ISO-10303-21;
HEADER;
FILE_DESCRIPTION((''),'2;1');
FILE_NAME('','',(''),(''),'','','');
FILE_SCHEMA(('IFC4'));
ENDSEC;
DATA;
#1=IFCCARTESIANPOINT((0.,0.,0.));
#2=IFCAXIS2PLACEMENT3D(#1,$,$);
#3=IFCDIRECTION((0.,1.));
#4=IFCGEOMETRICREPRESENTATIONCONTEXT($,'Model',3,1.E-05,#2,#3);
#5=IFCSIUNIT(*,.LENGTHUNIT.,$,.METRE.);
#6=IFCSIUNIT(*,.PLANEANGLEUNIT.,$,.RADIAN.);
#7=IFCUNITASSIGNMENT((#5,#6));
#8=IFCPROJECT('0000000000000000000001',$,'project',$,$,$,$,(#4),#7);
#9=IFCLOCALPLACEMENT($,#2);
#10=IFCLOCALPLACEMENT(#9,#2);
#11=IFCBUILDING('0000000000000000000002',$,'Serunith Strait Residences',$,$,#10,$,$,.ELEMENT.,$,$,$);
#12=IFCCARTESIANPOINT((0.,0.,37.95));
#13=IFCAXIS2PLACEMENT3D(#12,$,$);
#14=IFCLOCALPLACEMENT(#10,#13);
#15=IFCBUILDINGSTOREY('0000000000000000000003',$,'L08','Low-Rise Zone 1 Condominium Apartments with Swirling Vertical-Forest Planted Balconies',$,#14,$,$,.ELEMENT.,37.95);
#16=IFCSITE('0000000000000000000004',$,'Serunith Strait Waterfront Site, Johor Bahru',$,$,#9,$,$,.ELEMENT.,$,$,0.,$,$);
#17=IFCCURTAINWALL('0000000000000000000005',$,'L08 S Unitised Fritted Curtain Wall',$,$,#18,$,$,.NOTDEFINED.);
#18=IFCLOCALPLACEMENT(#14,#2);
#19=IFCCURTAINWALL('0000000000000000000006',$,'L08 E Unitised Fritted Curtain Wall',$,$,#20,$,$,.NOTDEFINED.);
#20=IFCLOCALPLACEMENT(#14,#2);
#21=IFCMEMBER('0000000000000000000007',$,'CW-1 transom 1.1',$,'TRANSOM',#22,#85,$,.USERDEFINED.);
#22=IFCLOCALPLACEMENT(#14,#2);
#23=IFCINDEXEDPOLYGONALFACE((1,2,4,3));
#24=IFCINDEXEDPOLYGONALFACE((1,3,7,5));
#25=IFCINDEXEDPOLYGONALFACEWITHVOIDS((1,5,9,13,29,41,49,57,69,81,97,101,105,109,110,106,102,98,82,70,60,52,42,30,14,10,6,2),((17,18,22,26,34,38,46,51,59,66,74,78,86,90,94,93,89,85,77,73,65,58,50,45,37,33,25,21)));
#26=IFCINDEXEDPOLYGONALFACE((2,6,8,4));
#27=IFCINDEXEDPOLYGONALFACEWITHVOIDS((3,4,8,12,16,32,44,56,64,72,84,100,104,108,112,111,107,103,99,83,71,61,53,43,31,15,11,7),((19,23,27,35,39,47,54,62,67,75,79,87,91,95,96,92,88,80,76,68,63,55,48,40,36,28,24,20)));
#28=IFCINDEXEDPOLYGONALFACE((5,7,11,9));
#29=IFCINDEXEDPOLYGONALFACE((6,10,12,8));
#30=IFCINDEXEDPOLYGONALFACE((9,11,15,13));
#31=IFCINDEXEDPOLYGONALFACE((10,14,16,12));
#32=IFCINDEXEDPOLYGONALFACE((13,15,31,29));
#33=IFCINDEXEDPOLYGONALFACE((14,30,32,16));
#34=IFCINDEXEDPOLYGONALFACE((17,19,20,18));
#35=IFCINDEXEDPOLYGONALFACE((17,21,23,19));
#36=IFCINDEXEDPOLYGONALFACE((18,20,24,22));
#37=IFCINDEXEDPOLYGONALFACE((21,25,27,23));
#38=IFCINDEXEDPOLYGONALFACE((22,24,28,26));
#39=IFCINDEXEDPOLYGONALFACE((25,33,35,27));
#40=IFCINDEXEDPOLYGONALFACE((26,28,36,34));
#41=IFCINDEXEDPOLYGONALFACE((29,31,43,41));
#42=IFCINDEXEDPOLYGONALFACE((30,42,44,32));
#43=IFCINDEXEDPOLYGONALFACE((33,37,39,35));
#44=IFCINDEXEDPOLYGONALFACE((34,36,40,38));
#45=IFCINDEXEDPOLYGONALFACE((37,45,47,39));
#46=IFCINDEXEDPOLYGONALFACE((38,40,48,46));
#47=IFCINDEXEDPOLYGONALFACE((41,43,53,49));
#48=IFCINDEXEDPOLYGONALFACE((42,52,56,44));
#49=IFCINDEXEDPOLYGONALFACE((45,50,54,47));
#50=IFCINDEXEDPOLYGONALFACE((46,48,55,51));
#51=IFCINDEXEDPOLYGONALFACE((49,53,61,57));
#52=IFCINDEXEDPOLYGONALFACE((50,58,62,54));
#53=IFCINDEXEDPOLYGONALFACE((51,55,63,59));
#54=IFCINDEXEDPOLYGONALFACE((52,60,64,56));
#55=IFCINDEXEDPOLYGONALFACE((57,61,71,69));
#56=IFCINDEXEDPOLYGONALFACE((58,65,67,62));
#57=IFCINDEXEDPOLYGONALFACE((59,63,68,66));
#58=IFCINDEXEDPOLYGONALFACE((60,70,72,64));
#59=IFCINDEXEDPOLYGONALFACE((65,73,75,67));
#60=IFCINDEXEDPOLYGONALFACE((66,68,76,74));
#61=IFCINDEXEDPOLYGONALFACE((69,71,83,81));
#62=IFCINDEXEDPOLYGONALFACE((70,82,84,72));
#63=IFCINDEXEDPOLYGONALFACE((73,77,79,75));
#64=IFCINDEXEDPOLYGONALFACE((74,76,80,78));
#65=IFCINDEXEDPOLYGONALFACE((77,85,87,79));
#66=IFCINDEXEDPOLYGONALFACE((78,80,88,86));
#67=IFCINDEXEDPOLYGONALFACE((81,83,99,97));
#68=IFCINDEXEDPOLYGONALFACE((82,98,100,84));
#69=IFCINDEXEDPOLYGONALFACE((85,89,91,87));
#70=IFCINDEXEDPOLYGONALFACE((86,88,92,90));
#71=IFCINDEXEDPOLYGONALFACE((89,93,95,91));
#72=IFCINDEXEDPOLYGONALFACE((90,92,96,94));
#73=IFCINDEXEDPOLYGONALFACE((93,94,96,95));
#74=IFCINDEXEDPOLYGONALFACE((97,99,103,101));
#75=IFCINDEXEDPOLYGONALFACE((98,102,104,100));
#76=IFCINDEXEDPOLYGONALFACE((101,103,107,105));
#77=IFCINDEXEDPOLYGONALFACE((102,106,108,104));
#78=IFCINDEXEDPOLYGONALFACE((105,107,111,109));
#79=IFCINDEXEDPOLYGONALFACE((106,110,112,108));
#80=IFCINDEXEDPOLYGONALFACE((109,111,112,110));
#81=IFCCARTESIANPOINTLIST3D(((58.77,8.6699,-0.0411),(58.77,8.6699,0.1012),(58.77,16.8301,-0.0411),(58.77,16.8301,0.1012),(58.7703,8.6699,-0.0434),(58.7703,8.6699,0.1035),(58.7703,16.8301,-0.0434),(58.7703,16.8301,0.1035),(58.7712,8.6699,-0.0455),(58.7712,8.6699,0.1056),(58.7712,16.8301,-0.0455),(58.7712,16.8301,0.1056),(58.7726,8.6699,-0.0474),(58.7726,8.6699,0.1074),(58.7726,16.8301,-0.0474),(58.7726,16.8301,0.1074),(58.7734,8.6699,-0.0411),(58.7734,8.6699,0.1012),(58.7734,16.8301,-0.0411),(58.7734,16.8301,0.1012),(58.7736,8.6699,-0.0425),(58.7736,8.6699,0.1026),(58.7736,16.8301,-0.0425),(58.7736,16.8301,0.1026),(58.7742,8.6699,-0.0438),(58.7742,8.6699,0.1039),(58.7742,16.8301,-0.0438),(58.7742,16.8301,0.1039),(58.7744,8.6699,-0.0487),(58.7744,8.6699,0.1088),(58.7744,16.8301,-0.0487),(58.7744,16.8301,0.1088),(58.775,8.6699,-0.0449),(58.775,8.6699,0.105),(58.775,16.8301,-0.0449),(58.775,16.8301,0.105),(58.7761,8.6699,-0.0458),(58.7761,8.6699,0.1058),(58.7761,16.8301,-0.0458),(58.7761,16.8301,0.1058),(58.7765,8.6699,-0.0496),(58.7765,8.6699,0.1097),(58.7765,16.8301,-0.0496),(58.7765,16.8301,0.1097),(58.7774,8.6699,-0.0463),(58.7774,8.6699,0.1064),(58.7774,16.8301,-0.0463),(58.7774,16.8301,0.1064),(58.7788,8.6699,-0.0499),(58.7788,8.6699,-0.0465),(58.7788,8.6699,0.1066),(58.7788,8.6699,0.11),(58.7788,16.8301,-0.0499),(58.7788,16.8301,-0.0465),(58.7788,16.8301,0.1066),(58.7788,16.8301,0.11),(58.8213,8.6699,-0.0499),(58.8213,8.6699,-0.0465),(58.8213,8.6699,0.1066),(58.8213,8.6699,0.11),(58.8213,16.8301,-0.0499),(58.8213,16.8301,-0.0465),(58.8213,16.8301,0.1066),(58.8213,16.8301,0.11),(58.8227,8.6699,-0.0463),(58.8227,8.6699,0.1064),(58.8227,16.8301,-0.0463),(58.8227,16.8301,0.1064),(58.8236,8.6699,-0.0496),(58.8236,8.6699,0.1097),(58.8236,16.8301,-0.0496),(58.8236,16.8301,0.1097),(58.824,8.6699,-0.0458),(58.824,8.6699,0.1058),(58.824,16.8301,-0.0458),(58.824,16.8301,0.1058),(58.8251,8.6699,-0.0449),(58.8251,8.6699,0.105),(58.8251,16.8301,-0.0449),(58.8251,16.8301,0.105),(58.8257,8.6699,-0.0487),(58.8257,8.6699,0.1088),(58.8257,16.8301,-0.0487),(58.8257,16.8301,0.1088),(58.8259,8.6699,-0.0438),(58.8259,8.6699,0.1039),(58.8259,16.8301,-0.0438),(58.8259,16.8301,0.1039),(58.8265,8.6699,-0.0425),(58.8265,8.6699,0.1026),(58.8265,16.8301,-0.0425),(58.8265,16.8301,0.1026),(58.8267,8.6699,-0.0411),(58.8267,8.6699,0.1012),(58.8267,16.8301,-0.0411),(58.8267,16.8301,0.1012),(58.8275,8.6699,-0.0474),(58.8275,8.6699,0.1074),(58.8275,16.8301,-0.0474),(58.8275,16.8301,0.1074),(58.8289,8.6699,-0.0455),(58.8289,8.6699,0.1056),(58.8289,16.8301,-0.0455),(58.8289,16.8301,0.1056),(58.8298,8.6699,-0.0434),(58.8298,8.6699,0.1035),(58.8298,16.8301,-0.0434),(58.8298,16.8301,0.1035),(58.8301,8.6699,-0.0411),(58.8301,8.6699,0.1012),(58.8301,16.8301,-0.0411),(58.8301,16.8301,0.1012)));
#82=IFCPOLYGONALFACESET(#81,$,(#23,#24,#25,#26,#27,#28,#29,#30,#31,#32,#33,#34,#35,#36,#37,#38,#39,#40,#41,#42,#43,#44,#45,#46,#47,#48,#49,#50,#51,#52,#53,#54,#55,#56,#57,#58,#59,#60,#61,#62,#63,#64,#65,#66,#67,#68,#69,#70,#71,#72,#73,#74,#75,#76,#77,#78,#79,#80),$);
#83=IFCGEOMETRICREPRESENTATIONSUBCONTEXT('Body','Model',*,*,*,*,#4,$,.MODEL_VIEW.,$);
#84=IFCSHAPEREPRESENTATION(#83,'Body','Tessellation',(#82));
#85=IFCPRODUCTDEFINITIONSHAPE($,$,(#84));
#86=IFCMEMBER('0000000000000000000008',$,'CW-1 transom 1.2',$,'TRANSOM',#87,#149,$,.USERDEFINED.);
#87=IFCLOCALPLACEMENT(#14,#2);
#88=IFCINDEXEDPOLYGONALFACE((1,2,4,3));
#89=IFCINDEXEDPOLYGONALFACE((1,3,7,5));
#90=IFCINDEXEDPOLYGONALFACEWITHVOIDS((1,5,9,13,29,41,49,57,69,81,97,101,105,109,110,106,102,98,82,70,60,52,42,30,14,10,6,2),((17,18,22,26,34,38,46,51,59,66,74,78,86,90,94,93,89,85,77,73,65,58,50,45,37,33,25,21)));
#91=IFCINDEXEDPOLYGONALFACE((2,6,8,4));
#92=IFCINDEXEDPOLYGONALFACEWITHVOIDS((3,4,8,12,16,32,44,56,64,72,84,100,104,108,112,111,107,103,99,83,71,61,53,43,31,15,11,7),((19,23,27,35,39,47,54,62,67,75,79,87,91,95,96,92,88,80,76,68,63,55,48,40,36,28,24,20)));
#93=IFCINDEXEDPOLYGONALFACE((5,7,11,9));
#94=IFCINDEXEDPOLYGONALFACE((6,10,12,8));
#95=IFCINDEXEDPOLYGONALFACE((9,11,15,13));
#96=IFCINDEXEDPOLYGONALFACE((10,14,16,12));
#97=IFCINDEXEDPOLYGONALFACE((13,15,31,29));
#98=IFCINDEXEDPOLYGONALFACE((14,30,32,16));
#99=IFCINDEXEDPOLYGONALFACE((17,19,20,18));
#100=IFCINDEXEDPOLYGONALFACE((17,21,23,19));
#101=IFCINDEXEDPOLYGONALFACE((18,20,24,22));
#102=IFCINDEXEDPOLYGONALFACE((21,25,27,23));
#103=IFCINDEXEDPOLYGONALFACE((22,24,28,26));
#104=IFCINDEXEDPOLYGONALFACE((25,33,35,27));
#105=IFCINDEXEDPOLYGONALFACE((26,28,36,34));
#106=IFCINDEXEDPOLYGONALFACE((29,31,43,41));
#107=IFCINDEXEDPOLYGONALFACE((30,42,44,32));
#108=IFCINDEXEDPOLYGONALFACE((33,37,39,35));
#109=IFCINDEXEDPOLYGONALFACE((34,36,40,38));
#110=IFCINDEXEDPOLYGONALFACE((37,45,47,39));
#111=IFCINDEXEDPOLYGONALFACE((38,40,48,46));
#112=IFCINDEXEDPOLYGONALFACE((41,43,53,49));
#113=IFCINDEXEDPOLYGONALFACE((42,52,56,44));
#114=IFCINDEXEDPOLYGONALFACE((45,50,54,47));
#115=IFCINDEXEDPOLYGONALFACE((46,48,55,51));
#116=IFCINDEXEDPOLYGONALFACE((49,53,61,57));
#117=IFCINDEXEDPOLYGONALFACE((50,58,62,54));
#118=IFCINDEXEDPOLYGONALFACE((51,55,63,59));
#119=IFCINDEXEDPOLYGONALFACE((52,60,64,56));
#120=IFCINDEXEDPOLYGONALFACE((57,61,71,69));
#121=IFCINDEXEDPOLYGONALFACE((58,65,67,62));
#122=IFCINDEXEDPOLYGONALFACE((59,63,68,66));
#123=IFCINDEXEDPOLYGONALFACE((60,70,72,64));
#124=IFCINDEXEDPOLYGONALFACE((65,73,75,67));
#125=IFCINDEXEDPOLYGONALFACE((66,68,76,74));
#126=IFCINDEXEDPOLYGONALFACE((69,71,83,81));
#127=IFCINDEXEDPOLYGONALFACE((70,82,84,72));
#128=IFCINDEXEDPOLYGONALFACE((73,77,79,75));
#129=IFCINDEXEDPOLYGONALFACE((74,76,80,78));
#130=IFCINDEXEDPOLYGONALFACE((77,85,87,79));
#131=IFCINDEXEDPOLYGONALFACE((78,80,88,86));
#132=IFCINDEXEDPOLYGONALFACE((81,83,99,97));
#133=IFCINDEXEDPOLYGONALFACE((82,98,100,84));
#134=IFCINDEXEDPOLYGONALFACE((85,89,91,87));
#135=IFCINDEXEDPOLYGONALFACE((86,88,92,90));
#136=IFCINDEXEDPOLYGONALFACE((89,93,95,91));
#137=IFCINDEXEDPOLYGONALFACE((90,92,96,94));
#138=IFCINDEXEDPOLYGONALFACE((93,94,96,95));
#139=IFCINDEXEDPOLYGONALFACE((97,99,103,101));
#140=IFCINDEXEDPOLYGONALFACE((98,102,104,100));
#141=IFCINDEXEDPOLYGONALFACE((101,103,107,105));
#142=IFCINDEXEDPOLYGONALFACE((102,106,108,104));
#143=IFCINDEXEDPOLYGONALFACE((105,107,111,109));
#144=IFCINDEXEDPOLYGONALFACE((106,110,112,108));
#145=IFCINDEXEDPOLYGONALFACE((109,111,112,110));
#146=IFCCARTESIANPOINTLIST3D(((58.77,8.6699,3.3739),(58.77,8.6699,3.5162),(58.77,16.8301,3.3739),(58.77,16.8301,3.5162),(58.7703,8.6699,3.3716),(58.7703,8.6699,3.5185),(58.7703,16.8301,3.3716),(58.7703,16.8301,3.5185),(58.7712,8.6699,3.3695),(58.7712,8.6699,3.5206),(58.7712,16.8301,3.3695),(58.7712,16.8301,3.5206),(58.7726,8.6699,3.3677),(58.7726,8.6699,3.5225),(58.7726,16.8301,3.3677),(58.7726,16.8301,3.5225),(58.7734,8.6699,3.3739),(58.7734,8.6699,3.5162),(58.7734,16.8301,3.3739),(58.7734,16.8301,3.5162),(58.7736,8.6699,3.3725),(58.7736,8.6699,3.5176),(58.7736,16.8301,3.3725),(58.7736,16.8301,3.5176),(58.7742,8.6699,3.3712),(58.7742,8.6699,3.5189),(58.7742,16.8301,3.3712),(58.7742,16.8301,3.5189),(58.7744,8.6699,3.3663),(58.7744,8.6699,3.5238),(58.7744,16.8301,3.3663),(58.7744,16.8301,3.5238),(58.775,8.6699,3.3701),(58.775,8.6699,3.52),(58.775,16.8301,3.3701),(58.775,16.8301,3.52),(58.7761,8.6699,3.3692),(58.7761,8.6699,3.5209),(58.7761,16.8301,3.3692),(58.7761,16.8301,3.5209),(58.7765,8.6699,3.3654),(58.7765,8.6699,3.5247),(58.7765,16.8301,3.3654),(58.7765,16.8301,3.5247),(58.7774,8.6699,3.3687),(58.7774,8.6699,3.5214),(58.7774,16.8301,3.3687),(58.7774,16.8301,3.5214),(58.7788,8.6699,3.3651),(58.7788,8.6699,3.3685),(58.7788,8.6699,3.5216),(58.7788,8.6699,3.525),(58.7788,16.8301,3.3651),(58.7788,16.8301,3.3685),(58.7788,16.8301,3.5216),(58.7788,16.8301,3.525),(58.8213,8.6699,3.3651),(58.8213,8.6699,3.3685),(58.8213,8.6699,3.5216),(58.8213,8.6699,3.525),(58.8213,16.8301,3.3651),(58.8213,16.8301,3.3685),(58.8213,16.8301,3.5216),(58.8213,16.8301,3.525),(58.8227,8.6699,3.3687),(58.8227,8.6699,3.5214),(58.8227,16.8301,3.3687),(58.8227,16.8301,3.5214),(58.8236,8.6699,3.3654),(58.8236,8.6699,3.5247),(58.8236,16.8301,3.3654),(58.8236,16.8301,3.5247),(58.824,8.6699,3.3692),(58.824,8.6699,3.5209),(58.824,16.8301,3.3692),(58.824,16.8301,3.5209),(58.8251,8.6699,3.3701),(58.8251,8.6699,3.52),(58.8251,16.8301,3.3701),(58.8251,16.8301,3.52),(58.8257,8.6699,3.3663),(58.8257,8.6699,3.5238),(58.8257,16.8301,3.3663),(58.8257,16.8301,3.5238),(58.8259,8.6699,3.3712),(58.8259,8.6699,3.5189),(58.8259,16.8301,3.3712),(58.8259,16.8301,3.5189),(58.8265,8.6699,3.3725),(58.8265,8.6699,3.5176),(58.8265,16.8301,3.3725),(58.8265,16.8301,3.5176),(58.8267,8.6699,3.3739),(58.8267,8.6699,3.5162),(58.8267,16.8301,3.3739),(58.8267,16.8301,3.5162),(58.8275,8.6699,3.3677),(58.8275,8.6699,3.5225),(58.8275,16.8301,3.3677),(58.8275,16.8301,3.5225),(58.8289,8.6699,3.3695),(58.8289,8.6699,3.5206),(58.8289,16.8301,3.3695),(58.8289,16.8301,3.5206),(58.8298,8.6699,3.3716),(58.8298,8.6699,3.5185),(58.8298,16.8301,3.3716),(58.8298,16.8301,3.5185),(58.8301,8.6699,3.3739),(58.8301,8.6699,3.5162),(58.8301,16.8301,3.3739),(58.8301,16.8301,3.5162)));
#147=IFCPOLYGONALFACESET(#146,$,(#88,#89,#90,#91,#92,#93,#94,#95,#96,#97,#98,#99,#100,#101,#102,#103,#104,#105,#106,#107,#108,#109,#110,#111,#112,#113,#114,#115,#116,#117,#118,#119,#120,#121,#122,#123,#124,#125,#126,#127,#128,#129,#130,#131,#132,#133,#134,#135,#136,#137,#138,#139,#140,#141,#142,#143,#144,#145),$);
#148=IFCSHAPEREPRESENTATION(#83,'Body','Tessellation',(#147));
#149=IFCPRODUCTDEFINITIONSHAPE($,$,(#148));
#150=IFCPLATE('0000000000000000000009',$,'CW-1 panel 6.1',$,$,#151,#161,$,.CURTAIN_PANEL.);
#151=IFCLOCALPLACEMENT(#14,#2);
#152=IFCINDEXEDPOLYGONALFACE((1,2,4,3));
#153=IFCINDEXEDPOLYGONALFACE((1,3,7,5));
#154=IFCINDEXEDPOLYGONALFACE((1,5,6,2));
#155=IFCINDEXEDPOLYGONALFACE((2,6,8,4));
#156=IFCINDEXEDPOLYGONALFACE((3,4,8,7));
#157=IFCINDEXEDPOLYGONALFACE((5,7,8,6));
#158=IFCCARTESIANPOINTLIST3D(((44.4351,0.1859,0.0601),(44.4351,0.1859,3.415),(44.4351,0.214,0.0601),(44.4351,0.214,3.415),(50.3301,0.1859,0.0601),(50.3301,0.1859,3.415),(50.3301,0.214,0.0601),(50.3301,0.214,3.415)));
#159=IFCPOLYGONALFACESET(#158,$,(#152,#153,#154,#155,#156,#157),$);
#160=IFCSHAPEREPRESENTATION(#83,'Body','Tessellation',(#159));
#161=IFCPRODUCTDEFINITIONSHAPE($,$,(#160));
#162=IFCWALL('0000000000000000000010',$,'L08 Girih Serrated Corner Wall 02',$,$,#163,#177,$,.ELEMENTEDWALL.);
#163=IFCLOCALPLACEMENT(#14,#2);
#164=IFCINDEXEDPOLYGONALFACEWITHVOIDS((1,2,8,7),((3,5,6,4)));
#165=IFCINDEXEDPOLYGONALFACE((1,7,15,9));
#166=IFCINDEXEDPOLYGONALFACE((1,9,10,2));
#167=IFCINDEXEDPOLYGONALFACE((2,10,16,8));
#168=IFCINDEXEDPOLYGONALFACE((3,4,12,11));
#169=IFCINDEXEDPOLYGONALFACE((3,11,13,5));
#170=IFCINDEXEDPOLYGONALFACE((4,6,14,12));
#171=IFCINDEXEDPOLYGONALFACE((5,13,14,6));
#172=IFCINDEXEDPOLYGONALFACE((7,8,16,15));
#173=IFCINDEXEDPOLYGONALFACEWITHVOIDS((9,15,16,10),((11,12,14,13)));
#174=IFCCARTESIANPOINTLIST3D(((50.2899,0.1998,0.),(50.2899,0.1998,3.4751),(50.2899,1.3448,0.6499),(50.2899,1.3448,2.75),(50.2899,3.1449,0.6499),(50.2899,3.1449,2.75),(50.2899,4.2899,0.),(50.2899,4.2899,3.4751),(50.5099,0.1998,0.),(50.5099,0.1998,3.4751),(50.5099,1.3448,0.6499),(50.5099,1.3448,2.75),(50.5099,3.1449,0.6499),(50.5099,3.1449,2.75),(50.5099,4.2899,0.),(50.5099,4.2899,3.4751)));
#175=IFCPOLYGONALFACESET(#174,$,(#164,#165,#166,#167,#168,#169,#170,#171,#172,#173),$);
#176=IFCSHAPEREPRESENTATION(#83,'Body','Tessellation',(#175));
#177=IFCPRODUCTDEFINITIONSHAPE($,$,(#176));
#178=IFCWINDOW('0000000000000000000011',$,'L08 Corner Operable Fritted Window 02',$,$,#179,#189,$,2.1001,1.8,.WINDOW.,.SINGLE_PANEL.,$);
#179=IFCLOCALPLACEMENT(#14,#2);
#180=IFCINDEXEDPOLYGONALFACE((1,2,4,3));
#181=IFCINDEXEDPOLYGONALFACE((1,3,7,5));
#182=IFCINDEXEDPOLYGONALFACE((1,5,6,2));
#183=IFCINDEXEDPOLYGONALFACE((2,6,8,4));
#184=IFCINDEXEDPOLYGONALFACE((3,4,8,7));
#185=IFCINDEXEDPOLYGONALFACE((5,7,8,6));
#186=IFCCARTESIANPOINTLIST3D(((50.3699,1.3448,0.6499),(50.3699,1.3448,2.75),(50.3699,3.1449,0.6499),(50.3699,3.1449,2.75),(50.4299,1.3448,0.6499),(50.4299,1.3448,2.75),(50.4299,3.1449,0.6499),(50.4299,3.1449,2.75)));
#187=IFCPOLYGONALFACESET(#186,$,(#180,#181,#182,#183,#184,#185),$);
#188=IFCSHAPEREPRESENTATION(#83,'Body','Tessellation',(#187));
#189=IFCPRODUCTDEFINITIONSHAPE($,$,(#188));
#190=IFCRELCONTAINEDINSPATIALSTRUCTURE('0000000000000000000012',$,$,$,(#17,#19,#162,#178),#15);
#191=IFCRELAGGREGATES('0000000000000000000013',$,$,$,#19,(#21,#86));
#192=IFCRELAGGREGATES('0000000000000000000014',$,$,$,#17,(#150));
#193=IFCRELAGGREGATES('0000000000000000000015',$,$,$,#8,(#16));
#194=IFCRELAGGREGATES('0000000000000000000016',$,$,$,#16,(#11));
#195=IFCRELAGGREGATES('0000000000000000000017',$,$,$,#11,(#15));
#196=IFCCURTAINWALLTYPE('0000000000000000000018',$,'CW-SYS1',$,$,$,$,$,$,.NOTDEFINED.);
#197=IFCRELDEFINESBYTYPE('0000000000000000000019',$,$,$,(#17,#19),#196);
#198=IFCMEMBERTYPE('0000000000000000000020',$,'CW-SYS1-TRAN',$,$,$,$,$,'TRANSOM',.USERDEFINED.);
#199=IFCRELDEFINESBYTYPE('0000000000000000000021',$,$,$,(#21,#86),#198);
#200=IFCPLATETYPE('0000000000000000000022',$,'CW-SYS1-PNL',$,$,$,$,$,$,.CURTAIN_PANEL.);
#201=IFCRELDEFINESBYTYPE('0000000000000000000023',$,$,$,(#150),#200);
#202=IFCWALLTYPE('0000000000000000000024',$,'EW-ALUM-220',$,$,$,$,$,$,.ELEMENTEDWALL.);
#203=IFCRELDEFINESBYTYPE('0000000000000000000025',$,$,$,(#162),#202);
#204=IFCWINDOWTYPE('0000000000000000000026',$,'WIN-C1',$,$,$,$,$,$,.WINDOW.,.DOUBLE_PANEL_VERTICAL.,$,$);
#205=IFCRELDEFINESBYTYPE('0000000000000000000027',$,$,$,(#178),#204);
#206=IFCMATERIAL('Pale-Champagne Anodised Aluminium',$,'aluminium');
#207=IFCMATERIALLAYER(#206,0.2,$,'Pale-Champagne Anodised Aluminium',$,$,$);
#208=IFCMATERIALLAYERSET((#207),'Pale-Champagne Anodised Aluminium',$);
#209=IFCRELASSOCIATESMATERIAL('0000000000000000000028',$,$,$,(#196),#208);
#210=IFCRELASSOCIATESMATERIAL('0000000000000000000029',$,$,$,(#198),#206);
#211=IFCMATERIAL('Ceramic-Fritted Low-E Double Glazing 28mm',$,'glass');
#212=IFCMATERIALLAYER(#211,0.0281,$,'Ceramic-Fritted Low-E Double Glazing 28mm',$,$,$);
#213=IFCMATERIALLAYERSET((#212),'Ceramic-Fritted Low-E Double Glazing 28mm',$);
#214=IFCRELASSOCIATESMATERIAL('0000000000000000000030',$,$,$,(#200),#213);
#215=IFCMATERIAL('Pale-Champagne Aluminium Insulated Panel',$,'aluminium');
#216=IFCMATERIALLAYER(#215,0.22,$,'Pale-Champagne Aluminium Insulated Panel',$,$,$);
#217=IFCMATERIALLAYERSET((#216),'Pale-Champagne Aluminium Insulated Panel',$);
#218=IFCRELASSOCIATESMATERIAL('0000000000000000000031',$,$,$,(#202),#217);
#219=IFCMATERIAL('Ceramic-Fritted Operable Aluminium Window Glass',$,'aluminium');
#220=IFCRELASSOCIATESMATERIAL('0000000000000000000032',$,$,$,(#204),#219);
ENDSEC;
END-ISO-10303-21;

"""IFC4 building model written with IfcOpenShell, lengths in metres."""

from ifc_helpers import new_model, si_unit, direction, frame, frame_2d, origin, origin_2d, place, context, subcontext, project, spatial, rectangle, hollow_rectangle, extrude, source, transform, mapped, material, layer, layer_set, material_profile, profile_set, type_object, element, fill, aggregate, save


model = new_model("IFC4")

# Units and contexts
model_context = context("Model", 3, precision=1e-05, world=origin(), true_north=direction((0.0, 1.0)))
body_context = subcontext(model_context, "Body", "Model", "MODEL_VIEW")
ifc_project = project(units=[si_unit("LENGTHUNIT", "METRE"), si_unit("PLANEANGLEUNIT", "RADIAN")], contexts=[model_context])

# Site, building, storey
site_placement = place(None, origin())
site = spatial("IfcSite", under=ifc_project, at=site_placement, Name="Serunith Strait Waterfront Site, Johor Bahru", CompositionType="ELEMENT", RefElevation=0.0)
building_placement = place(site_placement, origin())
building = spatial("IfcBuilding", under=site, at=building_placement, Name="Serunith Strait Residences", CompositionType="ELEMENT")
storey_placement = place(building_placement, frame((0.0, 0.0, 37.95)))
storey = spatial("IfcBuildingStorey", under=building, at=storey_placement, Name="L08", Description="Low-Rise Zone 1 Condominium Apartments with Swirling Vertical-Forest Planted Balconies", CompositionType="ELEMENT", Elevation=37.95)

# Curtain wall
ifc_material_1 = material(Name="Pale-Champagne Anodised Aluminium", Category="aluminium")
ifc_layer_1 = layer(ifc_material_1, 0.2, Name="Pale-Champagne Anodised Aluminium")
ifc_layer_set_1 = layer_set([ifc_layer_1], Name="Pale-Champagne Anodised Aluminium")
curtain_wall_type = type_object("IfcCurtainWallType", Name="CW-SYS1", PredefinedType="NOTDEFINED", material=ifc_layer_set_1)
curtain_wall_1_placement = place(storey_placement, origin())
curtain_wall_1 = element("IfcCurtainWall", 1, at=curtain_wall_1_placement, inside=storey, type_object=curtain_wall_type, Name="L08 S Unitised Fritted Curtain Wall", PredefinedType="NOTDEFINED")

# Curtain wall, members
curtain_wall_2_placement = place(storey_placement, origin())
curtain_wall_2 = element("IfcCurtainWall", 2, at=curtain_wall_2_placement, inside=storey, type_object=curtain_wall_type, Name="L08 E Unitised Fritted Curtain Wall", PredefinedType="NOTDEFINED")
ifc_material_profile_1 = material_profile(ifc_material_1, hollow_rectangle(XDim=0.0601, YDim=0.1599, WallThickness=0.0034, InnerFilletRadius=0.0054, OuterFilletRadius=0.0088, at=origin_2d()), Name="ALU 160x60x3.5")
ifc_profile_set_1 = profile_set([ifc_material_profile_1], Name="Pale-Champagne Anodised Aluminium")
member_type_1 = type_object("IfcMemberType", Name="CW-SYS1-TRAN", ElementType="TRANSOM", PredefinedType="USERDEFINED", material=ifc_profile_set_1)
shared_shape_1 = source(origin(), body_context, "Body", "SweptSolid", [
    extrude(hollow_rectangle(XDim=0.0601, YDim=0.1599, WallThickness=0.0034, InnerFilletRadius=0.0054, OuterFilletRadius=0.0088, at=origin_2d()), origin(), (0.0, 0.0, 1.0), 8.1602),
])
member_1_placement = place(storey_placement, frame((58.8, 8.6699, 0.03), z_axis=(0.0, 1.0, 0.0), x_axis=(-1.0, 0.0, 0.0)))
member_1 = element("IfcMember", 3, at=member_1_placement, type_object=member_type_1, Name="CW-1 transom 1.1", ObjectType="TRANSOM", PredefinedType="USERDEFINED", context=body_context, shape_type="MappedRepresentation", body=[
    mapped(shared_shape_1, transform((0.0, 0.0, 0.0), scale=1.0)),
])
member_2_placement = place(storey_placement, frame((58.8, 8.6699, 3.4451), z_axis=(0.0, 1.0, 0.0), x_axis=(-1.0, 0.0, 0.0)))
member_2 = element("IfcMember", 4, at=member_2_placement, type_object=member_type_1, Name="CW-1 transom 1.2", ObjectType="TRANSOM", PredefinedType="USERDEFINED", context=body_context, shape_type="MappedRepresentation", body=[
    mapped(shared_shape_1, transform((0.0, 0.0, 0.0), scale=1.0)),
])
aggregate(curtain_wall_2, [member_1, member_2])

# Plate
ifc_material_2 = material(Name="Ceramic-Fritted Low-E Double Glazing 28mm", Category="glass")
ifc_layer_2 = layer(ifc_material_2, 0.0281, Name="Ceramic-Fritted Low-E Double Glazing 28mm")
ifc_layer_set_2 = layer_set([ifc_layer_2], Name="Ceramic-Fritted Low-E Double Glazing 28mm")
plate_type = type_object("IfcPlateType", Name="CW-SYS1-PNL", PredefinedType="CURTAIN_PANEL", material=ifc_layer_set_2)
shared_shape_2 = source(origin(), body_context, "Body", "SweptSolid", [
    extrude(rectangle(XDim=5.895, YDim=0.0281, at=origin_2d()), origin(), (0.0, 0.0, 1.0), 3.355),
])
plate_placement = place(storey_placement, frame((47.3826, 0.2, 0.0601), z_axis=(0.0, 0.0, 1.0), x_axis=(1.0, 0.0, 0.0)))
plate = element("IfcPlate", 5, at=plate_placement, type_object=plate_type, Name="CW-1 panel 6.1", PredefinedType="CURTAIN_PANEL", context=body_context, shape_type="MappedRepresentation", body=[
    mapped(shared_shape_2, transform((0.0, 0.0, 0.0), scale=1.0)),
])
aggregate(curtain_wall_1, [plate])

# Wall, opening, window
ifc_material_3 = material(Name="Pale-Champagne Aluminium Insulated Panel", Category="aluminium")
ifc_layer_3 = layer(ifc_material_3, 0.22, Name="Pale-Champagne Aluminium Insulated Panel")
ifc_layer_set_3 = layer_set([ifc_layer_3], Name="Pale-Champagne Aluminium Insulated Panel")
wall_type_1 = type_object("IfcWallType", Name="EW-ALUM-220", PredefinedType="ELEMENTEDWALL", material=ifc_layer_set_3)
wall_1_placement = place(storey_placement, frame((50.3999, 0.2, 0.0), z_axis=(0.0, 0.0, 1.0), x_axis=(0.0, 1.0, 0.0)))
wall_1 = element("IfcWall", 6, at=wall_1_placement, inside=storey, type_object=wall_type_1, Name="L08 Girih Serrated Corner Wall 02", PredefinedType="ELEMENTEDWALL", context=body_context, shape_type="SweptSolid", body=[
    extrude(rectangle(XDim=4.0901, YDim=0.22, at=frame_2d((2.0449, 0.0))), origin(), (0.0, 0.0, 1.0), 3.4751),
])
opening_1_placement = place(wall_1_placement, frame((1.145, 0.0, 0.6499)))
opening_1 = element("IfcOpeningElement", 7, at=opening_1_placement, cuts=wall_1, PredefinedType="OPENING", context=body_context, shape_type="SweptSolid", body=[
    extrude(rectangle(XDim=1.8, YDim=2.1001, at=frame_2d((0.8999, 1.05))), frame((0.0, 0.1201, 0.0), z_axis=(0.0, -1.0, 0.0), x_axis=(1.0, 0.0, 0.0)), (0.0, 0.0, 1.0), 0.24),
])
ifc_material_4 = material(Name="Ceramic-Fritted Operable Aluminium Window Glass", Category="aluminium")
window_type = type_object("IfcWindowType", Name="WIN-C1", PartitioningType="DOUBLE_PANEL_VERTICAL", PredefinedType="WINDOW", material=ifc_material_4)
shared_shape_3 = source(origin(), body_context, "Body", "SweptSolid", [
    extrude(rectangle(XDim=1.8, YDim=2.1001, at=frame_2d((0.8999, 1.05))), frame((0.0, 0.03, 0.0), z_axis=(0.0, -1.0, 0.0), x_axis=(1.0, 0.0, 0.0)), (0.0, 0.0, 1.0), 0.0601),
])
window_1_placement = place(opening_1_placement, origin())
window_1 = element("IfcWindow", 8, at=window_1_placement, inside=storey, type_object=window_type, Name="L08 Corner Operable Fritted Window 02", OverallHeight=2.1001, OverallWidth=1.8, PartitioningType="SINGLE_PANEL", PredefinedType="WINDOW", context=body_context, shape_type="MappedRepresentation", body=[
    mapped(shared_shape_3, transform((0.0, 0.0, 0.0), scale=1.0)),
])
fill(opening_1, window_1)

save(model, "model.ifc")
